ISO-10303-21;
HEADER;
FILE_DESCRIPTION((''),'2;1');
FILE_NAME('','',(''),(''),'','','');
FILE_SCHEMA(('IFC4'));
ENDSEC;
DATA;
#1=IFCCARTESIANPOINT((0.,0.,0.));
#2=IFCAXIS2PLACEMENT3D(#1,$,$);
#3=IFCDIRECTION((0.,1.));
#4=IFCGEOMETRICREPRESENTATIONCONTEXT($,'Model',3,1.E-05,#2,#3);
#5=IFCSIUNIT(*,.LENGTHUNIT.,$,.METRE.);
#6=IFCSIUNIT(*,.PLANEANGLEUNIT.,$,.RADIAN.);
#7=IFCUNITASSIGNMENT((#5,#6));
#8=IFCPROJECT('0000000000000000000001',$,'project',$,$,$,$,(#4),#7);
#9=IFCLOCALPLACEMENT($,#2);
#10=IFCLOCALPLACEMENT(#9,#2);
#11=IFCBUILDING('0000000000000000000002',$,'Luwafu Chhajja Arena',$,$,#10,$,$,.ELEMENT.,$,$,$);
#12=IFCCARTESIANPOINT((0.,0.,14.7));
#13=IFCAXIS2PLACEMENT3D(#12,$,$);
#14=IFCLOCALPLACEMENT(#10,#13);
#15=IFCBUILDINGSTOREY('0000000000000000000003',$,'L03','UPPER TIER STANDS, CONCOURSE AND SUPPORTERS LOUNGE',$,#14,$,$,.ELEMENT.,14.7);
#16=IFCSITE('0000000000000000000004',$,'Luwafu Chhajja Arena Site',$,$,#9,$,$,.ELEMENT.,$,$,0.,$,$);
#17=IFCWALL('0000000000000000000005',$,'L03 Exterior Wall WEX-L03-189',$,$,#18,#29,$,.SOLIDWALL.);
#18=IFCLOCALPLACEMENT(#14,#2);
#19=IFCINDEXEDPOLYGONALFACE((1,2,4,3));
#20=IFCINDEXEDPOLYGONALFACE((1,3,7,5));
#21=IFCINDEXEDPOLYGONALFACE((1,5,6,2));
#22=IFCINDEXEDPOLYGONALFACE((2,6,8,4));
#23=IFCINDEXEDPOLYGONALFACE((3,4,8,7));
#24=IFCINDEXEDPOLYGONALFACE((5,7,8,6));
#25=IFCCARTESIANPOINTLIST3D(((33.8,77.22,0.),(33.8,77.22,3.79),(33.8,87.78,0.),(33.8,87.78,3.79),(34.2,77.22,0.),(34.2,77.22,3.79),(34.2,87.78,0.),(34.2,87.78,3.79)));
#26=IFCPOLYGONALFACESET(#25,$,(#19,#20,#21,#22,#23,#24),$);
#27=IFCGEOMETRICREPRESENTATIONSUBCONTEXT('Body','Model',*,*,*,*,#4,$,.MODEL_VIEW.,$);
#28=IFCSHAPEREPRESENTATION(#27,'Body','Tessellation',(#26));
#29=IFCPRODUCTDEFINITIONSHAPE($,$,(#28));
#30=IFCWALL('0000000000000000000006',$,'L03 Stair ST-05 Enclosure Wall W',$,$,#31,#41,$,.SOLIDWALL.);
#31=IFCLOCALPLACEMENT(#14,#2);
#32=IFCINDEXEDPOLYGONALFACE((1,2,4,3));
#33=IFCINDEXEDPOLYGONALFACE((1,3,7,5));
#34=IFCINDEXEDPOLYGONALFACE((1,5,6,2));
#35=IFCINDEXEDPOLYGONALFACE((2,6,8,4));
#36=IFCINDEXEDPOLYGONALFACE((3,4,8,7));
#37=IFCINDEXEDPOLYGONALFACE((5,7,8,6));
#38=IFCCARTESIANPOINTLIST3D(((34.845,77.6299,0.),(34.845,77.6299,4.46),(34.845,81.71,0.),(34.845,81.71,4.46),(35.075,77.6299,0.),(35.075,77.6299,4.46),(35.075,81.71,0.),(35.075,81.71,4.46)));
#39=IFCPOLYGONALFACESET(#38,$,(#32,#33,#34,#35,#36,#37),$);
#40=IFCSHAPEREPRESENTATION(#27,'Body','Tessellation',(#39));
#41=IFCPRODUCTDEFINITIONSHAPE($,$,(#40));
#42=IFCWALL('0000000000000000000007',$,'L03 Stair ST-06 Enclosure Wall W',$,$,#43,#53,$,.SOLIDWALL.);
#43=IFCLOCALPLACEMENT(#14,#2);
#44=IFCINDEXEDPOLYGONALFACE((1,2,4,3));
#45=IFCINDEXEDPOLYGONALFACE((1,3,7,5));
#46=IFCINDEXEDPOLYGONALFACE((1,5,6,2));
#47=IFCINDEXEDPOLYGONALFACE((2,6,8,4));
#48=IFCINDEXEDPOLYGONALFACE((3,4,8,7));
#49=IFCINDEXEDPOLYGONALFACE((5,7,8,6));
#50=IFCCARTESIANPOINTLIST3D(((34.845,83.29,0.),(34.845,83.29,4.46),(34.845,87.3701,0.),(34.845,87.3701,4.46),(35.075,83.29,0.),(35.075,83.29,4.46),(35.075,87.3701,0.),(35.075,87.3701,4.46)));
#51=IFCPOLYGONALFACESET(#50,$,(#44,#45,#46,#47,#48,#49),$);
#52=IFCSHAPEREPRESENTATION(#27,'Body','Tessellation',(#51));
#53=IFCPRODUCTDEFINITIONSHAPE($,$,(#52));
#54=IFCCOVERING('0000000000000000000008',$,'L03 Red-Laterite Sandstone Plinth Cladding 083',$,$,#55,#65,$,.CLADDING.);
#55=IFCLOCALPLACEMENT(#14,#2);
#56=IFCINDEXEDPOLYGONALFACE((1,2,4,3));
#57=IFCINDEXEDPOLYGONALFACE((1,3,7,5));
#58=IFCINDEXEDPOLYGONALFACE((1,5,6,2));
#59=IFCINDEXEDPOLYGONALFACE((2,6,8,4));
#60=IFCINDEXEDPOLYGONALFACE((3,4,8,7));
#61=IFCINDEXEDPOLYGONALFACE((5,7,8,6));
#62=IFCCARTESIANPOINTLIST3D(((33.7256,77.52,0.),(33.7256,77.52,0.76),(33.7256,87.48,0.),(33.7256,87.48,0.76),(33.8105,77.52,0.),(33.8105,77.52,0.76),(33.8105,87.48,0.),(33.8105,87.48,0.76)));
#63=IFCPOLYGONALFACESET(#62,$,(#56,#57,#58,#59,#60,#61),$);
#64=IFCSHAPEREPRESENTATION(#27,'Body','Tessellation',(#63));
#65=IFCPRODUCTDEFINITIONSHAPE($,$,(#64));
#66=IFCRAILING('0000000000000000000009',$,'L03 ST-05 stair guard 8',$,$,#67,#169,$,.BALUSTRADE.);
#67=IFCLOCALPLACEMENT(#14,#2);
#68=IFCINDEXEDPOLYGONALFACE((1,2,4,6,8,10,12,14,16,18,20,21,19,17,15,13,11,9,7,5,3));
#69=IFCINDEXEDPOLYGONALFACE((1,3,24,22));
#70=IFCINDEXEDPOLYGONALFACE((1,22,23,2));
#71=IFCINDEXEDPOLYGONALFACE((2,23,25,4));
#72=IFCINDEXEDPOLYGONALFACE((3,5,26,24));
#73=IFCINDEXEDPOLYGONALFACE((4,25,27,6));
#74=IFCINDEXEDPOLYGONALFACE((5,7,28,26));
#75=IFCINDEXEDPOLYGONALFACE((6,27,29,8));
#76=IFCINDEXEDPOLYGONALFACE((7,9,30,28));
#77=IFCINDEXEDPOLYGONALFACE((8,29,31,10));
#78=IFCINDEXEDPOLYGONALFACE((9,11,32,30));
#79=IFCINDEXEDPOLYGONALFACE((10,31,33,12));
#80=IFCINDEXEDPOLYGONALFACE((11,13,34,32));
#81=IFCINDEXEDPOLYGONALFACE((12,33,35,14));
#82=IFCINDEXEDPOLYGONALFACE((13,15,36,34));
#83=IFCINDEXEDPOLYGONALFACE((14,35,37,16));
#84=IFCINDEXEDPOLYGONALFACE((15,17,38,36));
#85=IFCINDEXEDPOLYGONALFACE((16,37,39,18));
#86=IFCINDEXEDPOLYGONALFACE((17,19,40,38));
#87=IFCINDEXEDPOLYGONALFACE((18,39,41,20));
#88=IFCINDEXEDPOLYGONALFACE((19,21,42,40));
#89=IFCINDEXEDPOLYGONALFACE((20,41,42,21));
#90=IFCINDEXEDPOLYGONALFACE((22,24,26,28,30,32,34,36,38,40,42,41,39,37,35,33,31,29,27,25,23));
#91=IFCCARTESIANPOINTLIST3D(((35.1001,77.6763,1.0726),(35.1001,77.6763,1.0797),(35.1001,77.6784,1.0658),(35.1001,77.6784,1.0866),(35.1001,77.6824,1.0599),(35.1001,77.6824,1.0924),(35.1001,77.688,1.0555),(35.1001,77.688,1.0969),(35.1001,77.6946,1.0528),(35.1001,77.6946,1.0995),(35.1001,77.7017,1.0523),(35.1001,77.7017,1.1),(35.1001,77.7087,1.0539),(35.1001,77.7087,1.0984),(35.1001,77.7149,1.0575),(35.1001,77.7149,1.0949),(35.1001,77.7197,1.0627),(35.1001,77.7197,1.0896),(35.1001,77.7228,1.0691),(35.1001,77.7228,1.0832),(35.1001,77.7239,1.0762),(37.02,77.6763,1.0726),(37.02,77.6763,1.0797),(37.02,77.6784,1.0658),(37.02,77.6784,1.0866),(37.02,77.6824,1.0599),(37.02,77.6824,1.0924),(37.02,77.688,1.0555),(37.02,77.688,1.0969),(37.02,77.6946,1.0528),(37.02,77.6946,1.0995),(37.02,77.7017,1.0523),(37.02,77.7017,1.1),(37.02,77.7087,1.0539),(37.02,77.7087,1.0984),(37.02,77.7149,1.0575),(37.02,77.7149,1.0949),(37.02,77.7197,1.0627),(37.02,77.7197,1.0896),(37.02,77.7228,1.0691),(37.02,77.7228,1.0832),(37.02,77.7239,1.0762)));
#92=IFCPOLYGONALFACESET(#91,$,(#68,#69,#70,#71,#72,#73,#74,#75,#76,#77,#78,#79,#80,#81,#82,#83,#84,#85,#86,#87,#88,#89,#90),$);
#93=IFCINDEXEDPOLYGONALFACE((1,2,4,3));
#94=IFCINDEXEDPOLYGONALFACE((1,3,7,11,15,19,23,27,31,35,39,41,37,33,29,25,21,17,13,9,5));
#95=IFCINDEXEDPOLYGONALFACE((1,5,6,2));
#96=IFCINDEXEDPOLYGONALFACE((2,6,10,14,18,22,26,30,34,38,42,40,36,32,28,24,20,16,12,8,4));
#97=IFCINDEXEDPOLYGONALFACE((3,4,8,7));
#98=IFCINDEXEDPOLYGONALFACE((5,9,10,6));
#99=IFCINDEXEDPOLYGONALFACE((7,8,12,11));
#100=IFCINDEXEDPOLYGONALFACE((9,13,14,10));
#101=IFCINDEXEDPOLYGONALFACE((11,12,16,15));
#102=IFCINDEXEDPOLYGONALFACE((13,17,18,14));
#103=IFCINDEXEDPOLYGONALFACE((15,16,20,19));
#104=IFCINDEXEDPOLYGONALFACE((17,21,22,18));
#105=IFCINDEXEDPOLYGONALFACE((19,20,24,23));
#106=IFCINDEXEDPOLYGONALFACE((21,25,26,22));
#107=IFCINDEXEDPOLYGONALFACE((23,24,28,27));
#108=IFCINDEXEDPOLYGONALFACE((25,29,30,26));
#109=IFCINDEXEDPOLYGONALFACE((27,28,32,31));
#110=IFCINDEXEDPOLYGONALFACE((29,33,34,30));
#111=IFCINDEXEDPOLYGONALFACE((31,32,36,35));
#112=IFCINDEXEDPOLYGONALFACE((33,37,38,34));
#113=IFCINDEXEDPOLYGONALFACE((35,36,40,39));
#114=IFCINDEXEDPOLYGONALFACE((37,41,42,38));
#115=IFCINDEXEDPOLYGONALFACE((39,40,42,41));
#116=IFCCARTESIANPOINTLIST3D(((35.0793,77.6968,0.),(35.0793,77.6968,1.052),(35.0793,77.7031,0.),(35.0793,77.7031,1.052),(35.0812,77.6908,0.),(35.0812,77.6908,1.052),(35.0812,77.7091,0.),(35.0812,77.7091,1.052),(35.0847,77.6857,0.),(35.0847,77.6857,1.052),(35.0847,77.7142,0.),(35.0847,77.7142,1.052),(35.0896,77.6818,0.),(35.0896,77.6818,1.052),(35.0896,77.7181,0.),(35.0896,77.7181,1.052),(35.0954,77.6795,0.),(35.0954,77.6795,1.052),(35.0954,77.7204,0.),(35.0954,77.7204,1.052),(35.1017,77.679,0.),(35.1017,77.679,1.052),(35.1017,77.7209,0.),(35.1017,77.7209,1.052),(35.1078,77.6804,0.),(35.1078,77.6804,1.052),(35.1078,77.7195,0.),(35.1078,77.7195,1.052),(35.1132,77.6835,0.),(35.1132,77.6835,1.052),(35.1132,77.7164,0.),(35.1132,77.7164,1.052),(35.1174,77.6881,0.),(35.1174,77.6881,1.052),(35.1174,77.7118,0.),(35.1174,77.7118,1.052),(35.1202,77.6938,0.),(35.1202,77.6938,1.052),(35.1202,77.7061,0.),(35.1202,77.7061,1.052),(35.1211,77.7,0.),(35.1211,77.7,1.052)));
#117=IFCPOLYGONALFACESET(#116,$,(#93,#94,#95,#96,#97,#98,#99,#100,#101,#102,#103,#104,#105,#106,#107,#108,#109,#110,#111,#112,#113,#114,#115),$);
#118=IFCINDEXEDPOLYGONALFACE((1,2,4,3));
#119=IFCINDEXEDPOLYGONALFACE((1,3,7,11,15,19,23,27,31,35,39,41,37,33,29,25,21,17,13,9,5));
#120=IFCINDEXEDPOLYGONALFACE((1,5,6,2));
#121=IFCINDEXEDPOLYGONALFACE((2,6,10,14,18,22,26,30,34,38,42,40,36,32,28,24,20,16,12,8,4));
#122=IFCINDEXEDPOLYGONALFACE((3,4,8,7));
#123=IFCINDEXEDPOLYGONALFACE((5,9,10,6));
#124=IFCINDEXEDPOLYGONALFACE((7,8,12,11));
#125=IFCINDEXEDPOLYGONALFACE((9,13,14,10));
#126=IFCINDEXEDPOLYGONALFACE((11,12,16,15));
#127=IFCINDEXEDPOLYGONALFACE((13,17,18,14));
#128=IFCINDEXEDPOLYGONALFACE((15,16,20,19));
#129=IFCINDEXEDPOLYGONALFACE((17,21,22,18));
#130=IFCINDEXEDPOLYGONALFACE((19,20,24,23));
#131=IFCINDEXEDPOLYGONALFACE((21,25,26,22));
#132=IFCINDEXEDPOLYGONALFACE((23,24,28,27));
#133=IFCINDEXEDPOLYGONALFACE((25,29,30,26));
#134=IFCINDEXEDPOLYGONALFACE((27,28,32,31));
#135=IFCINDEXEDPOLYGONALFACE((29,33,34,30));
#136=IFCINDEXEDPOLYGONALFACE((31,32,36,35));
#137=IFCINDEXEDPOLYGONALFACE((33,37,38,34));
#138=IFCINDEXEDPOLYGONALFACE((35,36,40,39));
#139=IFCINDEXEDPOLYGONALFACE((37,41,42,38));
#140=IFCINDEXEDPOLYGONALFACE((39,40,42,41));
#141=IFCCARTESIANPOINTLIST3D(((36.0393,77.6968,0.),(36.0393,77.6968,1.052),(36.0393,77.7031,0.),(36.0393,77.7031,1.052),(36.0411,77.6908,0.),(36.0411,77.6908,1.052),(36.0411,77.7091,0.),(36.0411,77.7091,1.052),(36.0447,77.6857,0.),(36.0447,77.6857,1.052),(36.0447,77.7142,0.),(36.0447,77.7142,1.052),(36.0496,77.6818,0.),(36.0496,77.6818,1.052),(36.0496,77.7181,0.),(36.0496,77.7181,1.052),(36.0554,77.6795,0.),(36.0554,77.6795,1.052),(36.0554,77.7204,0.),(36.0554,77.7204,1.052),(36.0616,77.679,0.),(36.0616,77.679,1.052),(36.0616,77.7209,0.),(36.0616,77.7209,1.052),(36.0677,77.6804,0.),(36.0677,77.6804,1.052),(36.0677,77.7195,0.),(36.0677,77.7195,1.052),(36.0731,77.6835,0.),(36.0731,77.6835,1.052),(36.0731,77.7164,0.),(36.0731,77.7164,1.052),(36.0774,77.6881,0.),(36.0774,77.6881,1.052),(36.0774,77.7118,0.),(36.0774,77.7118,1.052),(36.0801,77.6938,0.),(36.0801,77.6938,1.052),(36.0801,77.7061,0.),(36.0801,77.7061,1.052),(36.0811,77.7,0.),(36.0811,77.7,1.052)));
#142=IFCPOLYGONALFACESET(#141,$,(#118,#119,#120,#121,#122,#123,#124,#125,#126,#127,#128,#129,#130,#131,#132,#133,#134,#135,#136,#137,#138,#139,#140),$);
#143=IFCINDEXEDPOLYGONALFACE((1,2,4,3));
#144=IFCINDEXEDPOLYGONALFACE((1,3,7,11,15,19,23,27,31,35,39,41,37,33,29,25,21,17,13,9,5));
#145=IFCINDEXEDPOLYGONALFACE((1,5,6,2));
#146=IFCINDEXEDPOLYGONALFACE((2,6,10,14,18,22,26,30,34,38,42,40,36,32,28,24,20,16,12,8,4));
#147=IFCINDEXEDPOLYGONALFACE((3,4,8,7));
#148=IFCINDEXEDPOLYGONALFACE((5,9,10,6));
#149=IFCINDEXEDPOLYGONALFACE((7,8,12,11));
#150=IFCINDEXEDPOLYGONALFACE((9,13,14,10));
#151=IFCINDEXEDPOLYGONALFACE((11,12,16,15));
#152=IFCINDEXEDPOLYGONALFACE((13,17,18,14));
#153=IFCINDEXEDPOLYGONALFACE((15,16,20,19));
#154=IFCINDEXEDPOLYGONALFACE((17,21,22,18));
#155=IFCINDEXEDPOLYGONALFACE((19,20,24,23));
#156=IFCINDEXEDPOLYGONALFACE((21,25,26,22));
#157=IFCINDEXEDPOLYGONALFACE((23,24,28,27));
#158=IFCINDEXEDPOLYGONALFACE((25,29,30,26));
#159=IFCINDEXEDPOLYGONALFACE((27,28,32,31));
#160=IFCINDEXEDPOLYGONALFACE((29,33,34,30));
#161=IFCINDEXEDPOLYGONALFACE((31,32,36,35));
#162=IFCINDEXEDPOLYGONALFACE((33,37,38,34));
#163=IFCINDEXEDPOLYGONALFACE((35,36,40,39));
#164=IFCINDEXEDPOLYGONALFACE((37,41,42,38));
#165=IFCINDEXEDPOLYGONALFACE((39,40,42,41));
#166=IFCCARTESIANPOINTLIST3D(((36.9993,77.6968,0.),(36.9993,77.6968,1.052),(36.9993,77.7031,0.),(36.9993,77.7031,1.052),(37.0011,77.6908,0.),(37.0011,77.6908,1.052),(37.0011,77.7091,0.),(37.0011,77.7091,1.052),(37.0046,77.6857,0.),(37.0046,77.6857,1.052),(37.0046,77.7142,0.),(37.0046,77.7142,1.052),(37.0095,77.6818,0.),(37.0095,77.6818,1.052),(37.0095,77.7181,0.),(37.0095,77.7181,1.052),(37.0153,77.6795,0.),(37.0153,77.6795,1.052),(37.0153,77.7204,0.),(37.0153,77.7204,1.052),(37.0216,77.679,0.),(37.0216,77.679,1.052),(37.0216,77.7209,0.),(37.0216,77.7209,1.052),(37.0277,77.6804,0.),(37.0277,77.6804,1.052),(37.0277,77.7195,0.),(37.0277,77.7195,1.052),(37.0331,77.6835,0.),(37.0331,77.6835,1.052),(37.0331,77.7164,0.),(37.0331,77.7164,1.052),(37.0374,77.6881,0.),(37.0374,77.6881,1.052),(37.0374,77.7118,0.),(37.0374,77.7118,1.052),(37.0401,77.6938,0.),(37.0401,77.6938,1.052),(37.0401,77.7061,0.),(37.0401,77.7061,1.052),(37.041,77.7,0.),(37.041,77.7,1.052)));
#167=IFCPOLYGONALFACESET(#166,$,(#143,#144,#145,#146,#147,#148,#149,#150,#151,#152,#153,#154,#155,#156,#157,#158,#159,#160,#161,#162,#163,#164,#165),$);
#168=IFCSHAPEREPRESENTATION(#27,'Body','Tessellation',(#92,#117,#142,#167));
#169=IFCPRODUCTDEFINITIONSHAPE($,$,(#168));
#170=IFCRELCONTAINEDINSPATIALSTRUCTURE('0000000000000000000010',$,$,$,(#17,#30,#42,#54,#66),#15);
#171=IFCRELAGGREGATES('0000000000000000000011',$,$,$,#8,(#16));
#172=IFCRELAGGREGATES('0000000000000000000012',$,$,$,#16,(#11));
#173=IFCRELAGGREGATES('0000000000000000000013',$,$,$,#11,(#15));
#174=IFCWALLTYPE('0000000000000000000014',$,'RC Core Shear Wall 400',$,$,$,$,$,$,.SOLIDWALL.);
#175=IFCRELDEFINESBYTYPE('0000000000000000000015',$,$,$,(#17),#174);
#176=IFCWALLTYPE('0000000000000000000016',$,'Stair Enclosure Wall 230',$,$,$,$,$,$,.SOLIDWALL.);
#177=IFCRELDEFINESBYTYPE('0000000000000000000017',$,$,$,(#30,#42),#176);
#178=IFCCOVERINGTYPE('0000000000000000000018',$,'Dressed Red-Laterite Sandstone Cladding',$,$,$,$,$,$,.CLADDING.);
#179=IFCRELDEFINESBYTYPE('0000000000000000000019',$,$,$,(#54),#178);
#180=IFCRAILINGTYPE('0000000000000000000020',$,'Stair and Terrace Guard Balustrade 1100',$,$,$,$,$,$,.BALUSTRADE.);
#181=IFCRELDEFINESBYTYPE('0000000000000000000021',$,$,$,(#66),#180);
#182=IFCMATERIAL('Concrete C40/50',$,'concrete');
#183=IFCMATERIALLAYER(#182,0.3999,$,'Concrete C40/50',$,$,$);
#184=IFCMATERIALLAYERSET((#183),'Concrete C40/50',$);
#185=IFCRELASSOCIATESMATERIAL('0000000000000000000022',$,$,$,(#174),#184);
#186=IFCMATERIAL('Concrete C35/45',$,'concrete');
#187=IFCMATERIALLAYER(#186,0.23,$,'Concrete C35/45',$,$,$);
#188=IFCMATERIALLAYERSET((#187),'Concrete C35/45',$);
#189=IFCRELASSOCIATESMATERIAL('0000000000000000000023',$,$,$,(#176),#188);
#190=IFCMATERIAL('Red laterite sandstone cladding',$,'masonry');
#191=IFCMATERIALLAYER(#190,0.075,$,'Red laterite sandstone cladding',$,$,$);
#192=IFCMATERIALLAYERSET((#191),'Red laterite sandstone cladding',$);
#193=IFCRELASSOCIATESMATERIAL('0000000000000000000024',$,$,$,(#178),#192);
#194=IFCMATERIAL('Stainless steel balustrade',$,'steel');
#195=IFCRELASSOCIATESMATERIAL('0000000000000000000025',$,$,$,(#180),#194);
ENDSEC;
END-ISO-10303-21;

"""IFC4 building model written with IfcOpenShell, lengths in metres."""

from ifc_helpers import new_model, si_unit, direction, frame, frame_2d, origin, origin_2d, place, context, subcontext, project, spatial, rectangle, circle, extrude, material, layer, layer_set, type_object, element, save


model = new_model("IFC4")

# Units and contexts
model_context = context("Model", 3, precision=1e-05, world=origin(), true_north=direction((0.0, 1.0)))
body_context = subcontext(model_context, "Body", "Model", "MODEL_VIEW")
ifc_project = project(units=[si_unit("LENGTHUNIT", "METRE"), si_unit("PLANEANGLEUNIT", "RADIAN")], contexts=[model_context])

# Site, building, storey
site_placement = place(None, origin())
site = spatial("IfcSite", under=ifc_project, at=site_placement, Name="Luwafu Chhajja Arena Site", CompositionType="ELEMENT", RefElevation=0.0)
building_placement = place(site_placement, origin())
building = spatial("IfcBuilding", under=site, at=building_placement, Name="Luwafu Chhajja Arena", CompositionType="ELEMENT")
storey_placement = place(building_placement, frame((0.0, 0.0, 14.7)))
storey = spatial("IfcBuildingStorey", under=building, at=storey_placement, Name="L03", Description="UPPER TIER STANDS, CONCOURSE AND SUPPORTERS LOUNGE", CompositionType="ELEMENT", Elevation=14.7)

# Shared definitions
ifc_material_1 = material(Name="Concrete C35/45", Category="concrete")

# Shared definitions
ifc_material_2 = material(Name="Concrete C40/50", Category="concrete")
ifc_layer_1 = layer(ifc_material_2, 0.3999, Name="Concrete C40/50")
ifc_layer_set_1 = layer_set([ifc_layer_1], Name="Concrete C40/50")
wall_type_1 = type_object("IfcWallType", Name="RC Core Shear Wall 400", PredefinedType="SOLIDWALL", material=ifc_layer_set_1)

# Walls
wall_1_placement = place(storey_placement, frame((34.0, 77.22, 0.0), z_axis=(0.0, 0.0, 1.0), x_axis=(0.0, 1.0, 0.0)))
element("IfcWall", 1, at=wall_1_placement, inside=storey, type_object=wall_type_1, Name="L03 Exterior Wall WEX-L03-189", PredefinedType="SOLIDWALL", context=body_context, shape_type="SweptSolid", body=[
    extrude(rectangle(XDim=10.5601, YDim=0.3999, at=frame_2d((5.28, 0.0))), origin(), (0.0, 0.0, 1.0), 3.79),
])
ifc_layer_2 = layer(ifc_material_1, 0.23, Name="Concrete C35/45")
ifc_layer_set_2 = layer_set([ifc_layer_2], Name="Concrete C35/45")
wall_type_2 = type_object("IfcWallType", Name="Stair Enclosure Wall 230", PredefinedType="SOLIDWALL", material=ifc_layer_set_2)
for number, where, z_axis, x_axis, name in (
    (2, (34.96, 77.6299, 0.0), (0.0, 0.0, 1.0), (0.0, 1.0, 0.0), "L03 Stair ST-05 Enclosure Wall W"),
    (3, (34.96, 83.29, 0.0), (0.0, 0.0, 1.0), (0.0, 1.0, 0.0), "L03 Stair ST-06 Enclosure Wall W"),
):
    element("IfcWall", number, at=place(storey_placement, frame(where, z_axis=z_axis, x_axis=x_axis)), inside=storey, type_object=wall_type_2, Name=name, PredefinedType="SOLIDWALL", context=body_context, shape_type="SweptSolid", body=[
        extrude(rectangle(XDim=4.0801, YDim=0.23, at=frame_2d((2.04, 0.0))), origin(), (0.0, 0.0, 1.0), 4.46),
    ])

# Covering
ifc_material_3 = material(Name="Red laterite sandstone cladding", Category="masonry")
ifc_layer_3 = layer(ifc_material_3, 0.075, Name="Red laterite sandstone cladding")
ifc_layer_set_3 = layer_set([ifc_layer_3], Name="Red laterite sandstone cladding")
covering_type = type_object("IfcCoveringType", Name="Dressed Red-Laterite Sandstone Cladding", PredefinedType="CLADDING", material=ifc_layer_set_3)
covering_placement = place(storey_placement, frame((33.7681, 82.5, 0.0), z_axis=(0.0, 0.0, 1.0), x_axis=(0.0, 1.0, 0.0)))
element("IfcCovering", 4, at=covering_placement, inside=storey, type_object=covering_type, Name="L03 Red-Laterite Sandstone Plinth Cladding 083", PredefinedType="CLADDING", context=body_context, shape_type="SweptSolid", body=[
    extrude(rectangle(XDim=9.96, YDim=0.085, at=origin_2d()), origin(), (0.0, 0.0, 1.0), 0.76),
])

# Railing
ifc_material_4 = material(Name="Stainless steel balustrade", Category="steel")
railing_type = type_object("IfcRailingType", Name="Stair and Terrace Guard Balustrade 1100", PredefinedType="BALUSTRADE", material=ifc_material_4)
for number, where, name in (
    (5, (35.1001, 77.7, 0.0), "L03 ST-05 stair guard 8"),
):
    element("IfcRailing", number, at=place(storey_placement, frame(where)), inside=storey, type_object=railing_type, Name=name, PredefinedType="BALUSTRADE", context=body_context, shape_type="SweptSolid", body=[
        extrude(circle(Radius=0.0239, at=origin_2d()), frame((0.0, 0.0, 1.0762), z_axis=(1.0, 0.0, 0.0), x_axis=(0.0, 1.0, 0.0)), (0.0, 0.0, 1.0), 1.9199),
        extrude(circle(Radius=0.021, at=origin_2d()), origin(), (0.0, 0.0, 1.0), 1.052),
        extrude(circle(Radius=0.021, at=origin_2d()), frame((0.96, 0.0, 0.0)), (0.0, 0.0, 1.0), 1.052),
        extrude(circle(Radius=0.021, at=origin_2d()), frame((1.9199, 0.0, 0.0)), (0.0, 0.0, 1.0), 1.052),
    ])

save(model, "model.ifc")
